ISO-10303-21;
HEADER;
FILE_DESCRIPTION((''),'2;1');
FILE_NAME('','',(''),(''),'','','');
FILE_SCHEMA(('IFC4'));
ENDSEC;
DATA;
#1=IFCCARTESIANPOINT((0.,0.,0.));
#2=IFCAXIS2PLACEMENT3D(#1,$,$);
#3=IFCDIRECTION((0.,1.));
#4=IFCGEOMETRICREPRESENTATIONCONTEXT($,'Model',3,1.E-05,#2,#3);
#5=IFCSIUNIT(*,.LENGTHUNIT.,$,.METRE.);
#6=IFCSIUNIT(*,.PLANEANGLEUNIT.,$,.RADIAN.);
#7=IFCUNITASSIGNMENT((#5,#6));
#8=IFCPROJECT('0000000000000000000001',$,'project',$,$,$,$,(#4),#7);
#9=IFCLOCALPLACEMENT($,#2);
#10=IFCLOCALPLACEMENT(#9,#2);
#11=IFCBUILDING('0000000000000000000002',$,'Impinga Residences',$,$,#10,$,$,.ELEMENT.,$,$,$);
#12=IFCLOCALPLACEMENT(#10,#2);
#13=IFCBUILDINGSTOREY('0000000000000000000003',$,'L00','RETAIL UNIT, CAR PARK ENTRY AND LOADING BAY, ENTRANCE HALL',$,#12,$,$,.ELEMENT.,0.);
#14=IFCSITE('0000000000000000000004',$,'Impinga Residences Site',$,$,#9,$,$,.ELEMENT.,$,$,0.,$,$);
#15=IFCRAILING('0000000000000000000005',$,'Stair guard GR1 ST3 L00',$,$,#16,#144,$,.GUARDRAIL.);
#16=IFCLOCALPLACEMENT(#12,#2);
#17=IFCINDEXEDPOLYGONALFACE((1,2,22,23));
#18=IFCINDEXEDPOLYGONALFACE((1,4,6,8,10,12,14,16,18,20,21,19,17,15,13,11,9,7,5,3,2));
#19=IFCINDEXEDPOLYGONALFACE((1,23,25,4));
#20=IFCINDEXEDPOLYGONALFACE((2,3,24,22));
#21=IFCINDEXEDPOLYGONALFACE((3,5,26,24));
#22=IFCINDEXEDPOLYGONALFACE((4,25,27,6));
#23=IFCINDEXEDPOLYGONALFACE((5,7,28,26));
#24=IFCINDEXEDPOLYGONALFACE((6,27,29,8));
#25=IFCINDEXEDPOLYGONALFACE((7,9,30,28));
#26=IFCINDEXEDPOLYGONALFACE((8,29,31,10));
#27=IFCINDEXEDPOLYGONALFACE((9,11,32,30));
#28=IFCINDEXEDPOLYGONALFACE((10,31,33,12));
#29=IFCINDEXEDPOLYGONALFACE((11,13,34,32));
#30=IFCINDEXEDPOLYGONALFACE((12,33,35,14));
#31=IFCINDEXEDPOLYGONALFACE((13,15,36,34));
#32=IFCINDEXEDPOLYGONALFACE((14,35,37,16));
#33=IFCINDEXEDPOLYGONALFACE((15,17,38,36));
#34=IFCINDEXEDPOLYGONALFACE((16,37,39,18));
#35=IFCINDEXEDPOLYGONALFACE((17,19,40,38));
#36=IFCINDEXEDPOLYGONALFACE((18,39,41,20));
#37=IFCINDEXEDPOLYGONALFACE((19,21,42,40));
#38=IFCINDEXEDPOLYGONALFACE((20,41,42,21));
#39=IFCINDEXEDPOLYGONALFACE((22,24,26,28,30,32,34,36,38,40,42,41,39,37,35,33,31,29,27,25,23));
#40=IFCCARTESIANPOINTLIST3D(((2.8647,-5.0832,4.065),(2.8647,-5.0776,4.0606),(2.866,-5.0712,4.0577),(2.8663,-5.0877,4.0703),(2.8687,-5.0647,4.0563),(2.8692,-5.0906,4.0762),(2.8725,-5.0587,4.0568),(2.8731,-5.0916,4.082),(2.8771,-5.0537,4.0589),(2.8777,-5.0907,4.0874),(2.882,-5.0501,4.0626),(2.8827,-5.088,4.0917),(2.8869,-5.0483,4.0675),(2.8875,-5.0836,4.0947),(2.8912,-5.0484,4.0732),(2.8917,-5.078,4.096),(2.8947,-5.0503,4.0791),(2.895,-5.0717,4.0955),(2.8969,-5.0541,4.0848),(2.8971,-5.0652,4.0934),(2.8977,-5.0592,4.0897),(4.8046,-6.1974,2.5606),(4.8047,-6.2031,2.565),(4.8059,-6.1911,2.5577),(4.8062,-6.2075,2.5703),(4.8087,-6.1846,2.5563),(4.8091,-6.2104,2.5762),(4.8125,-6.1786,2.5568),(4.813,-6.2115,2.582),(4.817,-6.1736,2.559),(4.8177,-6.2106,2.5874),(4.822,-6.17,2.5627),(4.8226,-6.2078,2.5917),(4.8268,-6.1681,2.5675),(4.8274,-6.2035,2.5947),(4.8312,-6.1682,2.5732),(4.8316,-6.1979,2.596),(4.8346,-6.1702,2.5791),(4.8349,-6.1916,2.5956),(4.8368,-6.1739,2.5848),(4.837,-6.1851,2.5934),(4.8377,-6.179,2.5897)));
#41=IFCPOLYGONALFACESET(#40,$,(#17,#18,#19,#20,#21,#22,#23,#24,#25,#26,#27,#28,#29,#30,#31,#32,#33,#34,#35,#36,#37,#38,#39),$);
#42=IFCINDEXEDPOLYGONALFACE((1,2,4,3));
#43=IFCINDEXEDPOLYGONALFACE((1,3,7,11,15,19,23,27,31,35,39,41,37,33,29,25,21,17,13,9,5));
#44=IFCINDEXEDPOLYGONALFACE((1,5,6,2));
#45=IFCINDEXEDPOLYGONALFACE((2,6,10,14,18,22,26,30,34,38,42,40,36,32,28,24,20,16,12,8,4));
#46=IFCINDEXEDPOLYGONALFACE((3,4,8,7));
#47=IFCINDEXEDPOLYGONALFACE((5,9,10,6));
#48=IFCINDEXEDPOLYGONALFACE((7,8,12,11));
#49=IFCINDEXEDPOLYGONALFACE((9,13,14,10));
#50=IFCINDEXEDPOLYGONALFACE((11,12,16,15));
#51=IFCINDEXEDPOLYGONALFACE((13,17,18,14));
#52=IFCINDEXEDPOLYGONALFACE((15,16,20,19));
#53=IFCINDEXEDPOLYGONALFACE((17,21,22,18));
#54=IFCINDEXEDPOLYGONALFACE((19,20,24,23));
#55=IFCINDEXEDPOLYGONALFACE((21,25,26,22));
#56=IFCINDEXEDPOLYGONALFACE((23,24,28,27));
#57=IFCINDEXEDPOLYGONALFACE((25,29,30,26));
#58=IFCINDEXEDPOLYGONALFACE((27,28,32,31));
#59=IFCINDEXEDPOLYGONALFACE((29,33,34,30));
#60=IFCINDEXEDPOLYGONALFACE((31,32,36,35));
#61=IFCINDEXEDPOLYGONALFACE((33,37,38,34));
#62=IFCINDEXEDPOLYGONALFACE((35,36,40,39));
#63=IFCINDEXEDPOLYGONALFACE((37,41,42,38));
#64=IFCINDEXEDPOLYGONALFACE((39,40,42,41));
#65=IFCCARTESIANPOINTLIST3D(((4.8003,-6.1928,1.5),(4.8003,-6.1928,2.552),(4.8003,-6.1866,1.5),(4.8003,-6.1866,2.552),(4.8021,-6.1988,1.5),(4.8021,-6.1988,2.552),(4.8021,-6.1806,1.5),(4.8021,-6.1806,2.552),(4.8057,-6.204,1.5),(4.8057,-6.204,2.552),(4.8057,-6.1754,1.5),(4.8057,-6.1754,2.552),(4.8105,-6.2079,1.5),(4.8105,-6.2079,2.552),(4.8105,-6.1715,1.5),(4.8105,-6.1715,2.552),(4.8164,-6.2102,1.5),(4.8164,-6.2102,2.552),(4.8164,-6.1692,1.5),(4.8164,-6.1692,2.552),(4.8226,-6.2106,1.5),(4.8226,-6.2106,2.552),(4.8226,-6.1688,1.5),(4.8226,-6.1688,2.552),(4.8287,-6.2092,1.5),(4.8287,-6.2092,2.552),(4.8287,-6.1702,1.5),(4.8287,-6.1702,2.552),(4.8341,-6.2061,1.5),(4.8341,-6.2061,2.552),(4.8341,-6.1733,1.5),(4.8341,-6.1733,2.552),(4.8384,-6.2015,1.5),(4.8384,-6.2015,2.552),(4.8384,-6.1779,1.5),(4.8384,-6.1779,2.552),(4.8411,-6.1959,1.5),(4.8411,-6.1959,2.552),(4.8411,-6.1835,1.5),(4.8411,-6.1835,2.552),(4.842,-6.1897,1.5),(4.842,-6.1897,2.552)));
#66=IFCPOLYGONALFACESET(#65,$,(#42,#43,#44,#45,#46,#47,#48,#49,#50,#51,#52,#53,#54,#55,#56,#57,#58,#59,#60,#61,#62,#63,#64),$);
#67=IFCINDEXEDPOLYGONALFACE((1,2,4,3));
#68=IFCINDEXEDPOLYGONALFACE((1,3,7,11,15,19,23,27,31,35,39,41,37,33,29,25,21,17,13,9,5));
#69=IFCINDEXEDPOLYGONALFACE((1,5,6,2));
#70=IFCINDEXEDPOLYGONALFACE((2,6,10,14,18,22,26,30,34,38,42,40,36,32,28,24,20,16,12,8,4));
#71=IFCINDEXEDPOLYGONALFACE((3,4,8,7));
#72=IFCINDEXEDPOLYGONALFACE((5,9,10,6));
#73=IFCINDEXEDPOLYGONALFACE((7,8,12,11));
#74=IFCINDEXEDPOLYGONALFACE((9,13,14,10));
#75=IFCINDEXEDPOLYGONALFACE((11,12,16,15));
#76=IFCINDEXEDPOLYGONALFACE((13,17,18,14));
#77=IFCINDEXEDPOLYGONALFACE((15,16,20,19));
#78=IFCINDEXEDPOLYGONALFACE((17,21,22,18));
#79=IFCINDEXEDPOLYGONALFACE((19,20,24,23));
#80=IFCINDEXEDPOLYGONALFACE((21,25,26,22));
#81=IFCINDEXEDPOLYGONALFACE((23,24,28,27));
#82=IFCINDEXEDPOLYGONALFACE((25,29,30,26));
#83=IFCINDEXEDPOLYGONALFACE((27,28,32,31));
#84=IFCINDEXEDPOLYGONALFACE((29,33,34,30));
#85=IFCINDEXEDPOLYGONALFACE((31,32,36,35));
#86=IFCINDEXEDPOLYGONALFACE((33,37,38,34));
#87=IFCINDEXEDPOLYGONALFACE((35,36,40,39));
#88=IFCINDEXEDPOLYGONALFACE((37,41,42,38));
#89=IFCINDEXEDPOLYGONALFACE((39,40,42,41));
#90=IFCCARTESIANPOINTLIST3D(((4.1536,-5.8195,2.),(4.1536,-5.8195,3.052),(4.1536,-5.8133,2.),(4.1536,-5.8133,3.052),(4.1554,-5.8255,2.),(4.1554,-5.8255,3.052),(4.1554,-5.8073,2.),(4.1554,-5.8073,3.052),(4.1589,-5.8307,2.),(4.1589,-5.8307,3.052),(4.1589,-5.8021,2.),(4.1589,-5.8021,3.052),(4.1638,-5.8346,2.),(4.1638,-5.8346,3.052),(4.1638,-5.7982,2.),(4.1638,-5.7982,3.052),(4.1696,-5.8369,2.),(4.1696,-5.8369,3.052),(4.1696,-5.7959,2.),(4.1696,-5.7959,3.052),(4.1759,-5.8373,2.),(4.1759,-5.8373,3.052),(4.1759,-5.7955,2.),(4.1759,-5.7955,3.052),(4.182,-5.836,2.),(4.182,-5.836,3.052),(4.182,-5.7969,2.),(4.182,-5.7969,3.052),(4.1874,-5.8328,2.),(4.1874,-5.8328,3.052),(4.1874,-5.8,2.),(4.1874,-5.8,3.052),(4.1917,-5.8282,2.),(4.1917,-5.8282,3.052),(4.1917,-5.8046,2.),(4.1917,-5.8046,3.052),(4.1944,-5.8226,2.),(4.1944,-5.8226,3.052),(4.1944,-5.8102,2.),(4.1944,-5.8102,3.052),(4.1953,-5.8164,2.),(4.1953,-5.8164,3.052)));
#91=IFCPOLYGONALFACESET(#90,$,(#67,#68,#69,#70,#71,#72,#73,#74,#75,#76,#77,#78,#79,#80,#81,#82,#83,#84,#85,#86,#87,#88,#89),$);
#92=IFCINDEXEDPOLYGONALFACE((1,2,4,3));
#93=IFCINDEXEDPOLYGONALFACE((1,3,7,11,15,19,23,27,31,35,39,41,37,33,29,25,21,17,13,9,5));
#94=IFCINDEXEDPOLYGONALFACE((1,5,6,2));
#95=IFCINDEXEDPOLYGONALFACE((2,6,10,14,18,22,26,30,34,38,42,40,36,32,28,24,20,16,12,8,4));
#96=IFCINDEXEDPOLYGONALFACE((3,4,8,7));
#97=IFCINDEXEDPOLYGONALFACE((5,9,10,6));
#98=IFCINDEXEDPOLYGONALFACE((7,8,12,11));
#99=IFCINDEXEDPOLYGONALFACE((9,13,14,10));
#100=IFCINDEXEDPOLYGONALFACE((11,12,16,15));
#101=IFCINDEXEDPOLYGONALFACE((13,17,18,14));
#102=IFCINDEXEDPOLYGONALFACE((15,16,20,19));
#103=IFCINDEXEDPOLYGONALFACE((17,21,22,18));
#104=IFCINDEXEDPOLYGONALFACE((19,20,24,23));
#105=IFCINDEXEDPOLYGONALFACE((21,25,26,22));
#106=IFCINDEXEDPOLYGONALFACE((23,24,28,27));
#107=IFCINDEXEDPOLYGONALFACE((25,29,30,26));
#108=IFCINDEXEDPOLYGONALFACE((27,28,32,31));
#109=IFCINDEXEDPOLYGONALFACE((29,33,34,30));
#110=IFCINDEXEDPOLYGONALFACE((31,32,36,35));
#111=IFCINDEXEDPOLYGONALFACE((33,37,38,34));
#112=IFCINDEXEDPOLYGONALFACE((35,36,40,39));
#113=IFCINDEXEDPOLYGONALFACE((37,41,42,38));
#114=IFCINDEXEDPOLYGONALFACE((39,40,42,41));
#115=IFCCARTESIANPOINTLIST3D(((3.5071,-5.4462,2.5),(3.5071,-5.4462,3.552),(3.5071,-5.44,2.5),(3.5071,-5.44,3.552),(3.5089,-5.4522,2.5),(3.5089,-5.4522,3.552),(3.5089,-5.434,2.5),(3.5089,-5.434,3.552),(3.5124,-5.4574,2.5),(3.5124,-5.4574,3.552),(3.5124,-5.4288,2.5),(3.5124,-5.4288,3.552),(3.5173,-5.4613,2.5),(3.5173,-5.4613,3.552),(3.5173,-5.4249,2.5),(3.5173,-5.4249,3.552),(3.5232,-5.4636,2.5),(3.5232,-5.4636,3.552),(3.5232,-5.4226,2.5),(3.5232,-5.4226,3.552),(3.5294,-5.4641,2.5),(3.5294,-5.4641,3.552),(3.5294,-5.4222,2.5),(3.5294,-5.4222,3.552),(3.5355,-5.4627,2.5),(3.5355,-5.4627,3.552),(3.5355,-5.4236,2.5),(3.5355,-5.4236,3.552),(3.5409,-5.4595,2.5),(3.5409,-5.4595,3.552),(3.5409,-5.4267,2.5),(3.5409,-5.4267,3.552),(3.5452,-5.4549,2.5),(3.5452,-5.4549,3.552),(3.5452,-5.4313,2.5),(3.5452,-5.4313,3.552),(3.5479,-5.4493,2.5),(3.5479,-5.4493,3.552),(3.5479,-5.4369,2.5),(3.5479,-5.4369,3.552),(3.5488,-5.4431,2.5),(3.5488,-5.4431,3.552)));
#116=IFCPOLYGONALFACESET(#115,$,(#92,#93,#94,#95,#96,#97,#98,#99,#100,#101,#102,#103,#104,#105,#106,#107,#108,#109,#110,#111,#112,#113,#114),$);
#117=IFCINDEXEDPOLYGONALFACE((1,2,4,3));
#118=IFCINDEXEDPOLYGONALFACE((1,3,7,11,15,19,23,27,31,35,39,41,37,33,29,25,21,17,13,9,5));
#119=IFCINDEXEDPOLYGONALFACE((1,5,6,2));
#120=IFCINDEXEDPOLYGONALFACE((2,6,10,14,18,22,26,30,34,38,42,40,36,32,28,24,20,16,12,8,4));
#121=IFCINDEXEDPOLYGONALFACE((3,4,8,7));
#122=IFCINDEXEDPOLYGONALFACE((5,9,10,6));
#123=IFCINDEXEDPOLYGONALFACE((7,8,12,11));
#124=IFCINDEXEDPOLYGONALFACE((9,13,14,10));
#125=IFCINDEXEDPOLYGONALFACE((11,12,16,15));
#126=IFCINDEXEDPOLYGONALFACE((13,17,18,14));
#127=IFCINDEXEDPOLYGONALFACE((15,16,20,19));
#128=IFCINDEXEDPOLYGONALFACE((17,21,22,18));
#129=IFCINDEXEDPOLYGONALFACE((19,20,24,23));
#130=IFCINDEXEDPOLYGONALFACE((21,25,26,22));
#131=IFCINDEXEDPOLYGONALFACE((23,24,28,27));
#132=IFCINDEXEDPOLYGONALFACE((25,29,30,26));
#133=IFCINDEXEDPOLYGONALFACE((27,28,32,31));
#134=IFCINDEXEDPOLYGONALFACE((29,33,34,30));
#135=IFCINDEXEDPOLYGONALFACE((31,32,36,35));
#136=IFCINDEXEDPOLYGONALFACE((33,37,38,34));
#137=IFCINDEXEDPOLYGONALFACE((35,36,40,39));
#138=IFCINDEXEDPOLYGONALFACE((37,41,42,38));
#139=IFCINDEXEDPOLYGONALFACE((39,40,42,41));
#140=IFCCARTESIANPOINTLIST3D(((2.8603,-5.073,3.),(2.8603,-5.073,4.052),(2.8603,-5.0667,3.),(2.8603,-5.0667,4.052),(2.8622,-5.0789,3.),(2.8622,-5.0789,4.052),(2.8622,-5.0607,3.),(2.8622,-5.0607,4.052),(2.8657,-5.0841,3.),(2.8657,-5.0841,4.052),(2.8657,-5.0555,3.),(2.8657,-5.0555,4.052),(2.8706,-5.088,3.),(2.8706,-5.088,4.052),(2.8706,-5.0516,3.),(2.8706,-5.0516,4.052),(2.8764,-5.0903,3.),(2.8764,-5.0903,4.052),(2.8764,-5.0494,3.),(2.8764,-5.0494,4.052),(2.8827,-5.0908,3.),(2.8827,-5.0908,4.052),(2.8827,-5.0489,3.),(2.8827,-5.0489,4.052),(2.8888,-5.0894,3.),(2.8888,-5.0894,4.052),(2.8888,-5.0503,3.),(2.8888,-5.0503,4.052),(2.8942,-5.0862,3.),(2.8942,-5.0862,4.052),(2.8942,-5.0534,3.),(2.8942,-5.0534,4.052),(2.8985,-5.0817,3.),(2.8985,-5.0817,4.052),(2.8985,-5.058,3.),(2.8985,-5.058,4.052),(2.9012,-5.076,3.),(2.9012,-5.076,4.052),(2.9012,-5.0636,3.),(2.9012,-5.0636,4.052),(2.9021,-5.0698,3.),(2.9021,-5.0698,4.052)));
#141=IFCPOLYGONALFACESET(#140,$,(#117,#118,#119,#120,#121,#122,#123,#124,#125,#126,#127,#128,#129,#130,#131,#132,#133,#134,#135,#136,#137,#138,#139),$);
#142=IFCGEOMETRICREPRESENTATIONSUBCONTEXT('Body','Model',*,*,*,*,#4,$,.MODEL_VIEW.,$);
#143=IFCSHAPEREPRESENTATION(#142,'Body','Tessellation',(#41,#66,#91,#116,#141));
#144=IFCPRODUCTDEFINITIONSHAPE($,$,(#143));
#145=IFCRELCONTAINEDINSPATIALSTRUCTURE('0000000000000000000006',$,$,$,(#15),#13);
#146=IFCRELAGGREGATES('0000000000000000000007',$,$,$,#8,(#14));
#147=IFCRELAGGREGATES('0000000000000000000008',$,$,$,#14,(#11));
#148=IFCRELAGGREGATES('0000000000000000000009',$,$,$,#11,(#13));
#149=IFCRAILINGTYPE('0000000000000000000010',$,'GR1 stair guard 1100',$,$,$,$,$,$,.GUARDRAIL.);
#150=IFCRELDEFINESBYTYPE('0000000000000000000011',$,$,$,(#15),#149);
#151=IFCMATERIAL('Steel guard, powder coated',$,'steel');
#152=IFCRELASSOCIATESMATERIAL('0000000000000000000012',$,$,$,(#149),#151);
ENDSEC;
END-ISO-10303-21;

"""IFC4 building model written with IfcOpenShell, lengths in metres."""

from ifc_helpers import new_model, si_unit, direction, frame, origin, origin_2d, place, context, subcontext, project, spatial, circle, extrude, material, type_object, element, save


model = new_model("IFC4")

# Units and contexts
model_context = context("Model", 3, precision=1e-05, world=origin(), true_north=direction((0.0, 1.0)))
body_context = subcontext(model_context, "Body", "Model", "MODEL_VIEW")
ifc_project = project(units=[si_unit("LENGTHUNIT", "METRE"), si_unit("PLANEANGLEUNIT", "RADIAN")], contexts=[model_context])

# Site, building, storey
site_placement = place(None, origin())
site = spatial("IfcSite", under=ifc_project, at=site_placement, Name="Impinga Residences Site", CompositionType="ELEMENT", RefElevation=0.0)
building_placement = place(site_placement, origin())
building = spatial("IfcBuilding", under=site, at=building_placement, Name="Impinga Residences", CompositionType="ELEMENT")
storey_placement = place(building_placement, origin())
storey = spatial("IfcBuildingStorey", under=building, at=storey_placement, Name="L00", Description="RETAIL UNIT, CAR PARK ENTRY AND LOADING BAY, ENTRANCE HALL", CompositionType="ELEMENT", Elevation=0.0)

# Railing
ifc_material_1 = material(Name="Steel guard, powder coated", Category="steel")
railing_type = type_object("IfcRailingType", Name="GR1 stair guard 1100", PredefinedType="GUARDRAIL", material=ifc_material_1)
for number, where, name in (
    (1, (4.821, -6.1897, 1.5), "Stair guard GR1 ST3 L00"),
):
    element("IfcRailing", number, at=place(storey_placement, frame(where)), inside=storey, type_object=railing_type, Name=name, PredefinedType="GUARDRAIL", context=body_context, shape_type="SweptSolid", body=[
        extrude(circle(Radius=0.0239, at=origin_2d()), frame((0.0, 0.0, 1.0762), z_axis=(-0.719609, 0.41541, 0.556415), x_axis=(-0.499949, -0.866055, 0.0)), (0.0, 0.0, 1.0), 2.6958),
        extrude(circle(Radius=0.021, at=origin_2d()), origin(), (0.0, 0.0, 1.0), 1.052),
        extrude(circle(Radius=0.021, at=origin_2d()), frame((-0.6467, 0.3733, 0.5)), (0.0, 0.0, 1.0), 1.052),
        extrude(circle(Radius=0.021, at=origin_2d()), frame((-1.2932, 0.7466, 1.0)), (0.0, 0.0, 1.0), 1.052),
        extrude(circle(Radius=0.021, at=origin_2d()), frame((-1.9399, 1.1199, 1.5)), (0.0, 0.0, 1.0), 1.052),
    ])

save(model, "model.ifc")
